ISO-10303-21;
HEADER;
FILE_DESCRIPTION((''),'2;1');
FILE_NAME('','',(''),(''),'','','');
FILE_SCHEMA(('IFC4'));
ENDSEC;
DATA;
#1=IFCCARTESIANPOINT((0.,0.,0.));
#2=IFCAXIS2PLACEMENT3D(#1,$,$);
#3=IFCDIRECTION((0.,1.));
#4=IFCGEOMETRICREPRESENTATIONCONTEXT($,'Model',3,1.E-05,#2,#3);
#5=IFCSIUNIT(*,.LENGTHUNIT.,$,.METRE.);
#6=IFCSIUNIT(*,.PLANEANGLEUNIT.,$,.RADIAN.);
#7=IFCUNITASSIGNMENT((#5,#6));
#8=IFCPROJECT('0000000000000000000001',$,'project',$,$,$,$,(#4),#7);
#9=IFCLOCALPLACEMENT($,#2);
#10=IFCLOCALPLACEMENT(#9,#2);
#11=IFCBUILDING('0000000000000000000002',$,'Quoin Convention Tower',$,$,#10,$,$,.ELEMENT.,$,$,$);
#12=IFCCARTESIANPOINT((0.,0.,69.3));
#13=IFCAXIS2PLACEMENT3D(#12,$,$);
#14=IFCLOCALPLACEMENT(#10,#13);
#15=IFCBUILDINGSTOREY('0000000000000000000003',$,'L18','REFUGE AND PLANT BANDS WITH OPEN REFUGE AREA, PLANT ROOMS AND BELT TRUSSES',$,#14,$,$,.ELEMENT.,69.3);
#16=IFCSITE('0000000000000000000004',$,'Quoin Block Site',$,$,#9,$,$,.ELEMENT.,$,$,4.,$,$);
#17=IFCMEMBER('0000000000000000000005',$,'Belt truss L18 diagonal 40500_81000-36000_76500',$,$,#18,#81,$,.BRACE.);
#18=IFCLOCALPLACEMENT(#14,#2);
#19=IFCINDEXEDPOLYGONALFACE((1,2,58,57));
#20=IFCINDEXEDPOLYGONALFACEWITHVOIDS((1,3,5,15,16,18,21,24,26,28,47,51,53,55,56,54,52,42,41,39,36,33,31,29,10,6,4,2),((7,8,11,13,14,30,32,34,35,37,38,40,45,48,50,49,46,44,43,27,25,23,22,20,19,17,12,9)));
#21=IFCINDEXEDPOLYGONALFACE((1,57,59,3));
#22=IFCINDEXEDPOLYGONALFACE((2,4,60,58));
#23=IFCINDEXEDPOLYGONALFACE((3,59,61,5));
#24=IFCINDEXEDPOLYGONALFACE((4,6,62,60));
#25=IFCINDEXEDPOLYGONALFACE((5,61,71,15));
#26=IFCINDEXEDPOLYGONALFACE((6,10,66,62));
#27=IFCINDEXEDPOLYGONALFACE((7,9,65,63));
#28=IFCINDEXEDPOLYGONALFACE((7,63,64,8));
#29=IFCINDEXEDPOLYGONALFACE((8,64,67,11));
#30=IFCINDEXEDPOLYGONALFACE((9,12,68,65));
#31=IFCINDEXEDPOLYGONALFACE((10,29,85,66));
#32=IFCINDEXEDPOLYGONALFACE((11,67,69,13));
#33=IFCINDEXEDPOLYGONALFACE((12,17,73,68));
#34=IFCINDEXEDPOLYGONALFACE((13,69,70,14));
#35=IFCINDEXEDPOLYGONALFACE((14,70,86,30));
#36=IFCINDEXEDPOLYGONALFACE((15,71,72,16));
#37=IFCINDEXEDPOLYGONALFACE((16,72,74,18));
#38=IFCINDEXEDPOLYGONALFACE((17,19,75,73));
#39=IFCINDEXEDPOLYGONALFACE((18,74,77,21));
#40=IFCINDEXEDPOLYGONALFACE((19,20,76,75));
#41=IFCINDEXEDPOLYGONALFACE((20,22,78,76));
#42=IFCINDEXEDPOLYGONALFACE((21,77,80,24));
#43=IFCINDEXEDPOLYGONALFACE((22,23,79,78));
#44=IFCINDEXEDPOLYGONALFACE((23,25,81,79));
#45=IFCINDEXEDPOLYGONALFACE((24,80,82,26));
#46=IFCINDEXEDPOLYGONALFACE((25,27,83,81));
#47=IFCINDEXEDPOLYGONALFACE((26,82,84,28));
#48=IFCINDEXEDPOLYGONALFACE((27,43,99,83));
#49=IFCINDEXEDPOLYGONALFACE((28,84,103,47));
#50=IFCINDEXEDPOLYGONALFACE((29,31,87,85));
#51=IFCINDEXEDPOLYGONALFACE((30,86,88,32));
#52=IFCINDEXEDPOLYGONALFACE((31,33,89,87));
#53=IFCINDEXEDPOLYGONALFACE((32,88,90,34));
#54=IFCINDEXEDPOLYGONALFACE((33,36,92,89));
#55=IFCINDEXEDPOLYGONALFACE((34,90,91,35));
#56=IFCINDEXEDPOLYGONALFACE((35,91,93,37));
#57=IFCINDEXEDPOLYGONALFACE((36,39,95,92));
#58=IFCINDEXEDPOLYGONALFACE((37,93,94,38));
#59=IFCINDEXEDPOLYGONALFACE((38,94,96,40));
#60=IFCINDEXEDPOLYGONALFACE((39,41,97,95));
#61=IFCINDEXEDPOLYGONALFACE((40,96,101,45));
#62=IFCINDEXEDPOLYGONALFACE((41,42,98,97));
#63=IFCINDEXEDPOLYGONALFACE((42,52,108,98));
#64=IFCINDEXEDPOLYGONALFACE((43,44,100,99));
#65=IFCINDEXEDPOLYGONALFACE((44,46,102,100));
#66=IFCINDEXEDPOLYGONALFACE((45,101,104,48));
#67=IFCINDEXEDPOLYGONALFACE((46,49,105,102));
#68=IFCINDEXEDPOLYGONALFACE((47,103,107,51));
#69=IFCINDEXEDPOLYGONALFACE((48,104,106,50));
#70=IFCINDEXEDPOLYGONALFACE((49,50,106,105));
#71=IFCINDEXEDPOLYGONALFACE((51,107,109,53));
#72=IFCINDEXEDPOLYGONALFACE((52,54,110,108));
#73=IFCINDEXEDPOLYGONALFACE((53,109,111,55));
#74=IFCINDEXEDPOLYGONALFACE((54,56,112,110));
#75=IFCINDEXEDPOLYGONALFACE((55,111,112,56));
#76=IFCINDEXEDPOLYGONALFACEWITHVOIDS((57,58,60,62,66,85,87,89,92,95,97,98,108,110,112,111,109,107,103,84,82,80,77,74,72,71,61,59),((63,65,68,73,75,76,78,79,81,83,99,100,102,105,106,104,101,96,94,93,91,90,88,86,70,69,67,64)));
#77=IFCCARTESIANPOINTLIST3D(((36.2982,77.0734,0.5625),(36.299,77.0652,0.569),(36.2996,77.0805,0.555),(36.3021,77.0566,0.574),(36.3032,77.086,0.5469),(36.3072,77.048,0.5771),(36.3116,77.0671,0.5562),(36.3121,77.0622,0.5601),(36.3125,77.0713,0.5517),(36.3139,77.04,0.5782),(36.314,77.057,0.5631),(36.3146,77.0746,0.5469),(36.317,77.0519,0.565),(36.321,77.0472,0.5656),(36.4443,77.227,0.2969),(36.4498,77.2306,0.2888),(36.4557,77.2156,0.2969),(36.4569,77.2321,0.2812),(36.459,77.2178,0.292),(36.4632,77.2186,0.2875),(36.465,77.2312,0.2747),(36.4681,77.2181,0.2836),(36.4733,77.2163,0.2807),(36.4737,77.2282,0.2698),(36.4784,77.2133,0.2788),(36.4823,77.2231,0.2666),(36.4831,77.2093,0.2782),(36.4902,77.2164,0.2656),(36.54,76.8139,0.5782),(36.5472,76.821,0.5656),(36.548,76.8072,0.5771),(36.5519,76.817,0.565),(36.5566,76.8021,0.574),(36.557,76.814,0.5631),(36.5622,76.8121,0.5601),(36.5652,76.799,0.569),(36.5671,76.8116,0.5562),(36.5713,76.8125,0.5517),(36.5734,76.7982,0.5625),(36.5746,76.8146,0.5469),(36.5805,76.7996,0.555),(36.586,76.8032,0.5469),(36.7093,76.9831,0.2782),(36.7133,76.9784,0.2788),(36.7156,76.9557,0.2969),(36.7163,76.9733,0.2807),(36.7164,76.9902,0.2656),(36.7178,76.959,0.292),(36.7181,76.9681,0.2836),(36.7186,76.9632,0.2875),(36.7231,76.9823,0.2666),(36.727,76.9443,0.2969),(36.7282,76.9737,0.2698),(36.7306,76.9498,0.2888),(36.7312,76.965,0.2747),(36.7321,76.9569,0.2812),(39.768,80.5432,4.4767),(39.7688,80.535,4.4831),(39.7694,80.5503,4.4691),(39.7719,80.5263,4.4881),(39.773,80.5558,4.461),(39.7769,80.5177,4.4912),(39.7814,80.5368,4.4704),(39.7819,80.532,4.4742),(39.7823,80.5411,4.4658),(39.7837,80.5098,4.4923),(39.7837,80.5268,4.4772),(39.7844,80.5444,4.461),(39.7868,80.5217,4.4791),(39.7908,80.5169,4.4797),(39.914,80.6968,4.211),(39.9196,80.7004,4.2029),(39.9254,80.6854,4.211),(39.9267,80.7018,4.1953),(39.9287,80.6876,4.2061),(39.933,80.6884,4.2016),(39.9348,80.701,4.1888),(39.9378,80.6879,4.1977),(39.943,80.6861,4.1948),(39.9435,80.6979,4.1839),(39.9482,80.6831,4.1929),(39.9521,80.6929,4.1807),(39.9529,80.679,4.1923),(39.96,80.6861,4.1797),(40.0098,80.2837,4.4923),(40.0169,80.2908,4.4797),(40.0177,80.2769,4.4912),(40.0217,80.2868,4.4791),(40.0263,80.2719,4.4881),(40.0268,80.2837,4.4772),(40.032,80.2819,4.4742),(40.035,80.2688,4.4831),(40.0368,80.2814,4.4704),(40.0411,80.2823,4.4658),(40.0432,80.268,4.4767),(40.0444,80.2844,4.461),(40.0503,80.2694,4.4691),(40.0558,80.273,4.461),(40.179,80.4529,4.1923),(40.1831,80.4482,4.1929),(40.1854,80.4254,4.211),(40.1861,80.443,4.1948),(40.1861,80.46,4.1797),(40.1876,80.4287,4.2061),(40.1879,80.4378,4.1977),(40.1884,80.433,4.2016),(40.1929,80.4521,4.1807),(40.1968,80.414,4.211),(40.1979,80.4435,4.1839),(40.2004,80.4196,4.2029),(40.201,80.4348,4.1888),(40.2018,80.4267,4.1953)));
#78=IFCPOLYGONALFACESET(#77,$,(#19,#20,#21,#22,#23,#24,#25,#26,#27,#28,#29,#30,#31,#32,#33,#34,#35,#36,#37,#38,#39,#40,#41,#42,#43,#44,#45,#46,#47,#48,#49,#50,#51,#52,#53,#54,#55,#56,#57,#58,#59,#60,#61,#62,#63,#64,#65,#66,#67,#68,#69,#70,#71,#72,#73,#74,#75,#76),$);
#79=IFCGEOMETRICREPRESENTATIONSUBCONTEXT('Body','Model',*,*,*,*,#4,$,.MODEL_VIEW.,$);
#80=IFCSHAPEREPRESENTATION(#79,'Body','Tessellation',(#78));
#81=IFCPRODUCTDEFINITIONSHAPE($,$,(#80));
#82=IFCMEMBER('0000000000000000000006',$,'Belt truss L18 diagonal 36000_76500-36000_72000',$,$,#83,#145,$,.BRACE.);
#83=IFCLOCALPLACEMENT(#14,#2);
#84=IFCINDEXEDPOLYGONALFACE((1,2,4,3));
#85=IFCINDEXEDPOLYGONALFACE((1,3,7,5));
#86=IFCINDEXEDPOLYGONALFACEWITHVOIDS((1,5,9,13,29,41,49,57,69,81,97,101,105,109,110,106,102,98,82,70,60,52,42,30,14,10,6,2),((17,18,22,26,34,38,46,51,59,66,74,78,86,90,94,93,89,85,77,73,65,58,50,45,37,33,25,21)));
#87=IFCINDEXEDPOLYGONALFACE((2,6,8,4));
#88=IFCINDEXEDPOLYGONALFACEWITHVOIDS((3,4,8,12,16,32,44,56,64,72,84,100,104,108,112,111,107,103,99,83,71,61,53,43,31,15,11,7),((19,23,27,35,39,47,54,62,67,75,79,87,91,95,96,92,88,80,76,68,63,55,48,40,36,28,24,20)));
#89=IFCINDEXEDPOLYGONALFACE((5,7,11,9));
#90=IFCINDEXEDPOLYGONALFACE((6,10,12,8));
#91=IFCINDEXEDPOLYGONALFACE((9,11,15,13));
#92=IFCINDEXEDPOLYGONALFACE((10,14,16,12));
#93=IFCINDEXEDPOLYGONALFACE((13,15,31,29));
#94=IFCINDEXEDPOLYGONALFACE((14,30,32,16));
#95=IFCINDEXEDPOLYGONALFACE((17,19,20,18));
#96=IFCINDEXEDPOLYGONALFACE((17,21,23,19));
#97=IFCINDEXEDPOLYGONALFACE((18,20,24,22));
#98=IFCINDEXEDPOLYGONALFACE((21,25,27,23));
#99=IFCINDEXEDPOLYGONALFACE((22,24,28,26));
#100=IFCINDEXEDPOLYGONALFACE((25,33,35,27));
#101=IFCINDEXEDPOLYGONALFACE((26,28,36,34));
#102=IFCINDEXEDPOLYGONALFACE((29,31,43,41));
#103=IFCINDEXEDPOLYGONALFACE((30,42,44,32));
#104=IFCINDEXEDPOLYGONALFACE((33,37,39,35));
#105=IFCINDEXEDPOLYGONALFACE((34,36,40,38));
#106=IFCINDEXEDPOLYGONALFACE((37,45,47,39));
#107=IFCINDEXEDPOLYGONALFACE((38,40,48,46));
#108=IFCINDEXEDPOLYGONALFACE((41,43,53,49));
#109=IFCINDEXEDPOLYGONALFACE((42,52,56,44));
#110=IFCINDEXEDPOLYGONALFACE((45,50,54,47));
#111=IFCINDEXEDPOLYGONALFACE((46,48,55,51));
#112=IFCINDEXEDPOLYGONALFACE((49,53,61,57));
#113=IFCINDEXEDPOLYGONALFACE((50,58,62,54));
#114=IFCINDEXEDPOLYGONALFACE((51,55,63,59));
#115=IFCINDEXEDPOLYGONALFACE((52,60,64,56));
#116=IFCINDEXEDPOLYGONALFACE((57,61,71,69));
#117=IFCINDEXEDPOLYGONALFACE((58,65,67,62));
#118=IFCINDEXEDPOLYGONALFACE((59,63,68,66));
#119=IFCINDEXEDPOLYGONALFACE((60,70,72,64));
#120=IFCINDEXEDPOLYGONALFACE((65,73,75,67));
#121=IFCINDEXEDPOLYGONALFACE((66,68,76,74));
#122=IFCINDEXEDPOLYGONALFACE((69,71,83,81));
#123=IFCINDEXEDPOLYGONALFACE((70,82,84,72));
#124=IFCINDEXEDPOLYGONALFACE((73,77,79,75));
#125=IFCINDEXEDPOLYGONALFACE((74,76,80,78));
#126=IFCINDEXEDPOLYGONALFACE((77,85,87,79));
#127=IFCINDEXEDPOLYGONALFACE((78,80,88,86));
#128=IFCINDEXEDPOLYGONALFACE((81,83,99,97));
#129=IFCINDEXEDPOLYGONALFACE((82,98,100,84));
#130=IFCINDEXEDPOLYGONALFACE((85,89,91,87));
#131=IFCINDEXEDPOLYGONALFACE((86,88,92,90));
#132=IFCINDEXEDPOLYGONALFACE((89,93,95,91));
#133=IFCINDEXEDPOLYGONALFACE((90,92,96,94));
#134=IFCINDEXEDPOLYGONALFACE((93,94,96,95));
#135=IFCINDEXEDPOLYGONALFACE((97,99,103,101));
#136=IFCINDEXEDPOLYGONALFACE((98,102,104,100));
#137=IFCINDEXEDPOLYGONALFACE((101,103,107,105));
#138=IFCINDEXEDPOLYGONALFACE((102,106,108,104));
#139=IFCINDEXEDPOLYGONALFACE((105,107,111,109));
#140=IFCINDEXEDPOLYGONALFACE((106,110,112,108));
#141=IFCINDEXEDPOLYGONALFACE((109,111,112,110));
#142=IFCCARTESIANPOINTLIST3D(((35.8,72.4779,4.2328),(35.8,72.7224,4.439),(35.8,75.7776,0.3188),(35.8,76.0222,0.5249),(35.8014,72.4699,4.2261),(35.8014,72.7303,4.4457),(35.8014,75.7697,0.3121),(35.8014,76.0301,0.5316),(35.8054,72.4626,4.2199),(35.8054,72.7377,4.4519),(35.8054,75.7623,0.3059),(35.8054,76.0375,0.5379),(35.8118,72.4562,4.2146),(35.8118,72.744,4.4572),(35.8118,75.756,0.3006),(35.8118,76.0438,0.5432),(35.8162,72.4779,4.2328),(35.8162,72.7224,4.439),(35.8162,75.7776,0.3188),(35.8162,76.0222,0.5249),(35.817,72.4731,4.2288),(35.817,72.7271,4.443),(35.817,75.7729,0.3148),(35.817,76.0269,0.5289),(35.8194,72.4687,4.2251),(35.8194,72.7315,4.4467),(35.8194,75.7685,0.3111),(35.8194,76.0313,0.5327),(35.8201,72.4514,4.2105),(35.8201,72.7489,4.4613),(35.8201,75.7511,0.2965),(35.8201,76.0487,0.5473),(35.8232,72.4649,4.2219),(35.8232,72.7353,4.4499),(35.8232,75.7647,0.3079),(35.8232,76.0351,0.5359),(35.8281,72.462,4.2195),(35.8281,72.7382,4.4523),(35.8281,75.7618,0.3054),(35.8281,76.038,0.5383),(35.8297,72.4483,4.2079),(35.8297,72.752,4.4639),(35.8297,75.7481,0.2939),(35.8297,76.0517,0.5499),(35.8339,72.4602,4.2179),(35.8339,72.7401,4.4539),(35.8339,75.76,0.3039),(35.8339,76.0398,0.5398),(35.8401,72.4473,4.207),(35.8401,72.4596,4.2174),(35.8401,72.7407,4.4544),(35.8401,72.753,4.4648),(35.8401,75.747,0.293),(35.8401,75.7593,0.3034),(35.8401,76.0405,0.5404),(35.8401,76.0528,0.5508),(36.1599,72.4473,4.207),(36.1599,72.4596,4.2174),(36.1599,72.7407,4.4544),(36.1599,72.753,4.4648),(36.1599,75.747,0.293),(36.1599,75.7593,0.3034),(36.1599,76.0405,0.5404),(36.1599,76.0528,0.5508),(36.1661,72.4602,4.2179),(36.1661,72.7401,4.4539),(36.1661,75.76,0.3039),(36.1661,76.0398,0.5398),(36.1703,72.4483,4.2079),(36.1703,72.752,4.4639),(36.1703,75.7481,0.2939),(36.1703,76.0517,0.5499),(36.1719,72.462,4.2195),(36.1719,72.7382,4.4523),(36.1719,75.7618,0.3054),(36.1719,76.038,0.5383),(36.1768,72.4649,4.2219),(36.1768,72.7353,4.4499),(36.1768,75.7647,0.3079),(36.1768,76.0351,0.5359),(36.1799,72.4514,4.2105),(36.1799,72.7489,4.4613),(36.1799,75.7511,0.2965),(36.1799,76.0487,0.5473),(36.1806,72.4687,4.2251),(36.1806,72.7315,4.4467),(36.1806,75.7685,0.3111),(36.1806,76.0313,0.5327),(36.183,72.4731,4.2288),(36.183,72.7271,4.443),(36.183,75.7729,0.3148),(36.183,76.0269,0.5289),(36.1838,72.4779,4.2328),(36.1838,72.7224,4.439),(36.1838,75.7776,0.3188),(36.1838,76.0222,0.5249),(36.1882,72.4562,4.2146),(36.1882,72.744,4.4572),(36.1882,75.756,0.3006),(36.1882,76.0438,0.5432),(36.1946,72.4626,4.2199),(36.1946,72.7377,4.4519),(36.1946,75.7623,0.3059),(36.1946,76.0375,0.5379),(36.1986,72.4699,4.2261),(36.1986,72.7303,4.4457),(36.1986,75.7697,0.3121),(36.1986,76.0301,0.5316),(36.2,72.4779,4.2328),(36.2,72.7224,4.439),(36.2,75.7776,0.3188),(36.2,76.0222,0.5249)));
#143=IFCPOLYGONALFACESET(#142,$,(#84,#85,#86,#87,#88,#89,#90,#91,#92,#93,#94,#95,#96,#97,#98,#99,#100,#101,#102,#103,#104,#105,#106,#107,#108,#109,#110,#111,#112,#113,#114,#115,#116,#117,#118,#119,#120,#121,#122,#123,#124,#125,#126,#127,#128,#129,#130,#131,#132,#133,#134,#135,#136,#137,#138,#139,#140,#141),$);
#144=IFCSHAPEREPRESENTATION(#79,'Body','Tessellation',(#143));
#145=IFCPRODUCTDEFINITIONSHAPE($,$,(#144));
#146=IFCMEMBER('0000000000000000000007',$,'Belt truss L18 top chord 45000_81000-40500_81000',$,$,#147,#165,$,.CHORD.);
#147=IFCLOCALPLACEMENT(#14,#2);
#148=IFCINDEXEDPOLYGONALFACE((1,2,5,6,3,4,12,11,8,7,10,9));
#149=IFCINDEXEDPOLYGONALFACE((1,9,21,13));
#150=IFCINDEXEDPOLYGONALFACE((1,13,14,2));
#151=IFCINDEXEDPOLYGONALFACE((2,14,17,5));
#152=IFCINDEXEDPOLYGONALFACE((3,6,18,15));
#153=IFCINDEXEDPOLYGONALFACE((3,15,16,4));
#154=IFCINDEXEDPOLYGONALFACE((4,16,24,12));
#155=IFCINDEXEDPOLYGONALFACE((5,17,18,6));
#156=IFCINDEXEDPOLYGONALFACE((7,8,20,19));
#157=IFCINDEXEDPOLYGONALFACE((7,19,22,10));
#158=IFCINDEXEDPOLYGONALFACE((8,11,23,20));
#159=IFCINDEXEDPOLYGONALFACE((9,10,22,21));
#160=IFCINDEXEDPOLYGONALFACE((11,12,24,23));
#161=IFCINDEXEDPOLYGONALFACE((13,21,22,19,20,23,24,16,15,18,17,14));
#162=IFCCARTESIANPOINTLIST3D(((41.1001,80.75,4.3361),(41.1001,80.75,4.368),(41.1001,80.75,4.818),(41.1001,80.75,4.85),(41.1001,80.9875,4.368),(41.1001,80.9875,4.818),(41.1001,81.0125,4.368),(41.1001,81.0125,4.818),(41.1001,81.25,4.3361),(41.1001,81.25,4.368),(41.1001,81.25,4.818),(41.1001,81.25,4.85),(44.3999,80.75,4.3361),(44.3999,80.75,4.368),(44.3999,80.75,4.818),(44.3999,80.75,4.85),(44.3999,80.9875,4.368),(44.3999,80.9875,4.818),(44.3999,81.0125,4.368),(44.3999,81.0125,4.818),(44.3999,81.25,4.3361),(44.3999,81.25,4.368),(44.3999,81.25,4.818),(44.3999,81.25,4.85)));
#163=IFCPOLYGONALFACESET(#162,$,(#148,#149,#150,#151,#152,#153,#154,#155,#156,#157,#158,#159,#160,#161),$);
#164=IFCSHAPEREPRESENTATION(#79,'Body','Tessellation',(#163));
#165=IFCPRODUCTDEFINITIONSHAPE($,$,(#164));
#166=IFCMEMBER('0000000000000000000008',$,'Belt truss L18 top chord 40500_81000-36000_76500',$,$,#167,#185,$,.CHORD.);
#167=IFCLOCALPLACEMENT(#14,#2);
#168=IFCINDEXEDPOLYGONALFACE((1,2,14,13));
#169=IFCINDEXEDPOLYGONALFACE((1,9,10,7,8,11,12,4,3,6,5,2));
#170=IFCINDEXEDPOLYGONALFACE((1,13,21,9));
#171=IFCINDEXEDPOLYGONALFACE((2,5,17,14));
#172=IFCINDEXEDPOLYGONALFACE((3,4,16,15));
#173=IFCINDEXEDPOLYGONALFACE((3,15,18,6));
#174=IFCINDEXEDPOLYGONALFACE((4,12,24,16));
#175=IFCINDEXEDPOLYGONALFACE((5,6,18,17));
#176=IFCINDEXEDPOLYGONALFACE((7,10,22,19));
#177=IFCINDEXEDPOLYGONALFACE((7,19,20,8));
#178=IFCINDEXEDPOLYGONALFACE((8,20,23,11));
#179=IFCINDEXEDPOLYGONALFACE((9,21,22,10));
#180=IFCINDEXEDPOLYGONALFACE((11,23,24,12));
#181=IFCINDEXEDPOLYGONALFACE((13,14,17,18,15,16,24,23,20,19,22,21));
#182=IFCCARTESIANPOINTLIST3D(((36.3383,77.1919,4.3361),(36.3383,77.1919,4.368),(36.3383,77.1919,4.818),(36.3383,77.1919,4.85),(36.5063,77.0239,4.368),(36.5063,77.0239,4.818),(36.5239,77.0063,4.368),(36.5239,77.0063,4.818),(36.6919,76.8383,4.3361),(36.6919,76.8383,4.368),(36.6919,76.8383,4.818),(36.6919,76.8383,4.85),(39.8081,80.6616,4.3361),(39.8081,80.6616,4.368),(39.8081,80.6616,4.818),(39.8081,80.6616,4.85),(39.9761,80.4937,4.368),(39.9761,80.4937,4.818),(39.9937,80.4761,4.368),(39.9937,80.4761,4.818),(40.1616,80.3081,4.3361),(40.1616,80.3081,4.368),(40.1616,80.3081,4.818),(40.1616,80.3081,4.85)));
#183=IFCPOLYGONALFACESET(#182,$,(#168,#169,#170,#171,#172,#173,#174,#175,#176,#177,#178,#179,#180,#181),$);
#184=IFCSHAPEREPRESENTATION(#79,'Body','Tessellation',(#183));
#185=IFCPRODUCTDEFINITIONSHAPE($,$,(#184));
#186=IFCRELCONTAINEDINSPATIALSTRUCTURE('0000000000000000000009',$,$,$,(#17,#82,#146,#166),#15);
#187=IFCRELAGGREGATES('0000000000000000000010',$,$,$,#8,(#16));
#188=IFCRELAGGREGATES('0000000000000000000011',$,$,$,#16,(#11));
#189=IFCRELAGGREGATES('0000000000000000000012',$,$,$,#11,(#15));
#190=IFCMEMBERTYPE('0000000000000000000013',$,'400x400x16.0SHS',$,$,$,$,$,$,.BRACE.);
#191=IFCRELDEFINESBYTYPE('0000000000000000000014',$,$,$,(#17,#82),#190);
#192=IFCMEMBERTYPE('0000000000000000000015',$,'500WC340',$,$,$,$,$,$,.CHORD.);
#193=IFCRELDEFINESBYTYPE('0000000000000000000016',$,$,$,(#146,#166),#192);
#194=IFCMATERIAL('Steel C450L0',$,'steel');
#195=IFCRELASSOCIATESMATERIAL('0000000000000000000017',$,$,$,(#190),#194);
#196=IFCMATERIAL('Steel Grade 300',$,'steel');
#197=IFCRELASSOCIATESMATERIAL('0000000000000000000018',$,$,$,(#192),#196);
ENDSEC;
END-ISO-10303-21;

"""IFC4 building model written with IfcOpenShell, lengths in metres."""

from ifc_helpers import new_model, si_unit, direction, frame, origin, origin_2d, place, context, subcontext, project, spatial, hollow_rectangle, i_section, extrude, material, material_profile, profile_set, type_object, element, save


model = new_model("IFC4")

# Units and contexts
model_context = context("Model", 3, precision=1e-05, world=origin(), true_north=direction((0.0, 1.0)))
body_context = subcontext(model_context, "Body", "Model", "MODEL_VIEW")
ifc_project = project(units=[si_unit("LENGTHUNIT", "METRE"), si_unit("PLANEANGLEUNIT", "RADIAN")], contexts=[model_context])

# Site, building, storey
site_placement = place(None, origin())
site = spatial("IfcSite", under=ifc_project, at=site_placement, Name="Quoin Block Site", CompositionType="ELEMENT", RefElevation=4.0)
building_placement = place(site_placement, origin())
building = spatial("IfcBuilding", under=site, at=building_placement, Name="Quoin Convention Tower", CompositionType="ELEMENT")
storey_placement = place(building_placement, frame((0.0, 0.0, 69.3)))
storey = spatial("IfcBuildingStorey", under=building, at=storey_placement, Name="L18", Description="REFUGE AND PLANT BANDS WITH OPEN REFUGE AREA, PLANT ROOMS AND BELT TRUSSES", CompositionType="ELEMENT", Elevation=69.3)

# Members
ifc_material_1 = material(Name="Steel Grade 300", Category="steel")
ifc_material_2 = material(Name="Steel C450L0", Category="steel")
ifc_material_profile_1 = material_profile(ifc_material_2, hollow_rectangle(XDim=0.3999, YDim=0.3999, WallThickness=0.0161, InnerFilletRadius=0.0239, OuterFilletRadius=0.04, at=origin_2d()), Name="400x400x16.0SHS")
ifc_profile_set_1 = profile_set([ifc_material_profile_1], Name="Steel C450L0")
member_type_1 = type_object("IfcMemberType", Name="400x400x16.0SHS", PredefinedType="BRACE", material=ifc_profile_set_1)
member_1_placement = place(storey_placement, frame((36.5151, 77.0151, 0.4219), z_axis=(0.552788, 0.552788, 0.623579), x_axis=(-0.707107, 0.707107, 0.0)))
element("IfcMember", 1, at=member_1_placement, inside=storey, type_object=member_type_1, Name="Belt truss L18 diagonal 40500_81000-36000_76500", PredefinedType="BRACE", context=body_context, shape_type="SweptSolid", body=[
    extrude(hollow_rectangle(XDim=0.3999, YDim=0.3999, WallThickness=0.0161, InnerFilletRadius=0.0239, OuterFilletRadius=0.04, at=origin_2d()), origin(), (0.0, 0.0, 1.0), 6.2769),
])
member_2_placement = place(storey_placement, frame((36.0, 75.8999, 0.4219), z_axis=(0.0, -0.644564, 0.76455), x_axis=(1.0, 0.0, 0.0)))
element("IfcMember", 2, at=member_2_placement, inside=storey, type_object=member_type_1, Name="Belt truss L18 diagonal 36000_76500-36000_72000", PredefinedType="BRACE", context=body_context, shape_type="SweptSolid", body=[
    extrude(hollow_rectangle(XDim=0.3999, YDim=0.3999, WallThickness=0.0161, InnerFilletRadius=0.0239, OuterFilletRadius=0.04, at=origin_2d()), origin(), (0.0, 0.0, 1.0), 5.1194),
])
ifc_material_profile_2 = material_profile(ifc_material_1, i_section(OverallWidth=0.5, OverallDepth=0.5139, WebThickness=0.0249, FlangeThickness=0.032, at=origin_2d()), Name="500WC340")
ifc_profile_set_2 = profile_set([ifc_material_profile_2], Name="Steel Grade 300")
member_type_2 = type_object("IfcMemberType", Name="500WC340", PredefinedType="CHORD", material=ifc_profile_set_2)
member_3_placement = place(storey_placement, frame((44.3999, 81.0, 4.593), z_axis=(-1.0, 0.0, 0.0), x_axis=(0.0, -1.0, 0.0)))
element("IfcMember", 3, at=member_3_placement, inside=storey, type_object=member_type_2, Name="Belt truss L18 top chord 45000_81000-40500_81000", PredefinedType="CHORD", context=body_context, shape_type="SweptSolid", body=[
    extrude(i_section(OverallWidth=0.5, OverallDepth=0.5139, WebThickness=0.0249, FlangeThickness=0.032, at=origin_2d()), origin(), (0.0, 0.0, 1.0), 3.2998),
])
member_4_placement = place(storey_placement, frame((39.9849, 80.4849, 4.593), z_axis=(-0.707107, -0.707107, 0.0), x_axis=(0.707107, -0.707107, 0.0)))
element("IfcMember", 4, at=member_4_placement, inside=storey, type_object=member_type_2, Name="Belt truss L18 top chord 40500_81000-36000_76500", PredefinedType="CHORD", context=body_context, shape_type="SweptSolid", body=[
    extrude(i_section(OverallWidth=0.5, OverallDepth=0.5139, WebThickness=0.0249, FlangeThickness=0.032, at=origin_2d()), origin(), (0.0, 0.0, 1.0), 4.907),
])

save(model, "model.ifc")
